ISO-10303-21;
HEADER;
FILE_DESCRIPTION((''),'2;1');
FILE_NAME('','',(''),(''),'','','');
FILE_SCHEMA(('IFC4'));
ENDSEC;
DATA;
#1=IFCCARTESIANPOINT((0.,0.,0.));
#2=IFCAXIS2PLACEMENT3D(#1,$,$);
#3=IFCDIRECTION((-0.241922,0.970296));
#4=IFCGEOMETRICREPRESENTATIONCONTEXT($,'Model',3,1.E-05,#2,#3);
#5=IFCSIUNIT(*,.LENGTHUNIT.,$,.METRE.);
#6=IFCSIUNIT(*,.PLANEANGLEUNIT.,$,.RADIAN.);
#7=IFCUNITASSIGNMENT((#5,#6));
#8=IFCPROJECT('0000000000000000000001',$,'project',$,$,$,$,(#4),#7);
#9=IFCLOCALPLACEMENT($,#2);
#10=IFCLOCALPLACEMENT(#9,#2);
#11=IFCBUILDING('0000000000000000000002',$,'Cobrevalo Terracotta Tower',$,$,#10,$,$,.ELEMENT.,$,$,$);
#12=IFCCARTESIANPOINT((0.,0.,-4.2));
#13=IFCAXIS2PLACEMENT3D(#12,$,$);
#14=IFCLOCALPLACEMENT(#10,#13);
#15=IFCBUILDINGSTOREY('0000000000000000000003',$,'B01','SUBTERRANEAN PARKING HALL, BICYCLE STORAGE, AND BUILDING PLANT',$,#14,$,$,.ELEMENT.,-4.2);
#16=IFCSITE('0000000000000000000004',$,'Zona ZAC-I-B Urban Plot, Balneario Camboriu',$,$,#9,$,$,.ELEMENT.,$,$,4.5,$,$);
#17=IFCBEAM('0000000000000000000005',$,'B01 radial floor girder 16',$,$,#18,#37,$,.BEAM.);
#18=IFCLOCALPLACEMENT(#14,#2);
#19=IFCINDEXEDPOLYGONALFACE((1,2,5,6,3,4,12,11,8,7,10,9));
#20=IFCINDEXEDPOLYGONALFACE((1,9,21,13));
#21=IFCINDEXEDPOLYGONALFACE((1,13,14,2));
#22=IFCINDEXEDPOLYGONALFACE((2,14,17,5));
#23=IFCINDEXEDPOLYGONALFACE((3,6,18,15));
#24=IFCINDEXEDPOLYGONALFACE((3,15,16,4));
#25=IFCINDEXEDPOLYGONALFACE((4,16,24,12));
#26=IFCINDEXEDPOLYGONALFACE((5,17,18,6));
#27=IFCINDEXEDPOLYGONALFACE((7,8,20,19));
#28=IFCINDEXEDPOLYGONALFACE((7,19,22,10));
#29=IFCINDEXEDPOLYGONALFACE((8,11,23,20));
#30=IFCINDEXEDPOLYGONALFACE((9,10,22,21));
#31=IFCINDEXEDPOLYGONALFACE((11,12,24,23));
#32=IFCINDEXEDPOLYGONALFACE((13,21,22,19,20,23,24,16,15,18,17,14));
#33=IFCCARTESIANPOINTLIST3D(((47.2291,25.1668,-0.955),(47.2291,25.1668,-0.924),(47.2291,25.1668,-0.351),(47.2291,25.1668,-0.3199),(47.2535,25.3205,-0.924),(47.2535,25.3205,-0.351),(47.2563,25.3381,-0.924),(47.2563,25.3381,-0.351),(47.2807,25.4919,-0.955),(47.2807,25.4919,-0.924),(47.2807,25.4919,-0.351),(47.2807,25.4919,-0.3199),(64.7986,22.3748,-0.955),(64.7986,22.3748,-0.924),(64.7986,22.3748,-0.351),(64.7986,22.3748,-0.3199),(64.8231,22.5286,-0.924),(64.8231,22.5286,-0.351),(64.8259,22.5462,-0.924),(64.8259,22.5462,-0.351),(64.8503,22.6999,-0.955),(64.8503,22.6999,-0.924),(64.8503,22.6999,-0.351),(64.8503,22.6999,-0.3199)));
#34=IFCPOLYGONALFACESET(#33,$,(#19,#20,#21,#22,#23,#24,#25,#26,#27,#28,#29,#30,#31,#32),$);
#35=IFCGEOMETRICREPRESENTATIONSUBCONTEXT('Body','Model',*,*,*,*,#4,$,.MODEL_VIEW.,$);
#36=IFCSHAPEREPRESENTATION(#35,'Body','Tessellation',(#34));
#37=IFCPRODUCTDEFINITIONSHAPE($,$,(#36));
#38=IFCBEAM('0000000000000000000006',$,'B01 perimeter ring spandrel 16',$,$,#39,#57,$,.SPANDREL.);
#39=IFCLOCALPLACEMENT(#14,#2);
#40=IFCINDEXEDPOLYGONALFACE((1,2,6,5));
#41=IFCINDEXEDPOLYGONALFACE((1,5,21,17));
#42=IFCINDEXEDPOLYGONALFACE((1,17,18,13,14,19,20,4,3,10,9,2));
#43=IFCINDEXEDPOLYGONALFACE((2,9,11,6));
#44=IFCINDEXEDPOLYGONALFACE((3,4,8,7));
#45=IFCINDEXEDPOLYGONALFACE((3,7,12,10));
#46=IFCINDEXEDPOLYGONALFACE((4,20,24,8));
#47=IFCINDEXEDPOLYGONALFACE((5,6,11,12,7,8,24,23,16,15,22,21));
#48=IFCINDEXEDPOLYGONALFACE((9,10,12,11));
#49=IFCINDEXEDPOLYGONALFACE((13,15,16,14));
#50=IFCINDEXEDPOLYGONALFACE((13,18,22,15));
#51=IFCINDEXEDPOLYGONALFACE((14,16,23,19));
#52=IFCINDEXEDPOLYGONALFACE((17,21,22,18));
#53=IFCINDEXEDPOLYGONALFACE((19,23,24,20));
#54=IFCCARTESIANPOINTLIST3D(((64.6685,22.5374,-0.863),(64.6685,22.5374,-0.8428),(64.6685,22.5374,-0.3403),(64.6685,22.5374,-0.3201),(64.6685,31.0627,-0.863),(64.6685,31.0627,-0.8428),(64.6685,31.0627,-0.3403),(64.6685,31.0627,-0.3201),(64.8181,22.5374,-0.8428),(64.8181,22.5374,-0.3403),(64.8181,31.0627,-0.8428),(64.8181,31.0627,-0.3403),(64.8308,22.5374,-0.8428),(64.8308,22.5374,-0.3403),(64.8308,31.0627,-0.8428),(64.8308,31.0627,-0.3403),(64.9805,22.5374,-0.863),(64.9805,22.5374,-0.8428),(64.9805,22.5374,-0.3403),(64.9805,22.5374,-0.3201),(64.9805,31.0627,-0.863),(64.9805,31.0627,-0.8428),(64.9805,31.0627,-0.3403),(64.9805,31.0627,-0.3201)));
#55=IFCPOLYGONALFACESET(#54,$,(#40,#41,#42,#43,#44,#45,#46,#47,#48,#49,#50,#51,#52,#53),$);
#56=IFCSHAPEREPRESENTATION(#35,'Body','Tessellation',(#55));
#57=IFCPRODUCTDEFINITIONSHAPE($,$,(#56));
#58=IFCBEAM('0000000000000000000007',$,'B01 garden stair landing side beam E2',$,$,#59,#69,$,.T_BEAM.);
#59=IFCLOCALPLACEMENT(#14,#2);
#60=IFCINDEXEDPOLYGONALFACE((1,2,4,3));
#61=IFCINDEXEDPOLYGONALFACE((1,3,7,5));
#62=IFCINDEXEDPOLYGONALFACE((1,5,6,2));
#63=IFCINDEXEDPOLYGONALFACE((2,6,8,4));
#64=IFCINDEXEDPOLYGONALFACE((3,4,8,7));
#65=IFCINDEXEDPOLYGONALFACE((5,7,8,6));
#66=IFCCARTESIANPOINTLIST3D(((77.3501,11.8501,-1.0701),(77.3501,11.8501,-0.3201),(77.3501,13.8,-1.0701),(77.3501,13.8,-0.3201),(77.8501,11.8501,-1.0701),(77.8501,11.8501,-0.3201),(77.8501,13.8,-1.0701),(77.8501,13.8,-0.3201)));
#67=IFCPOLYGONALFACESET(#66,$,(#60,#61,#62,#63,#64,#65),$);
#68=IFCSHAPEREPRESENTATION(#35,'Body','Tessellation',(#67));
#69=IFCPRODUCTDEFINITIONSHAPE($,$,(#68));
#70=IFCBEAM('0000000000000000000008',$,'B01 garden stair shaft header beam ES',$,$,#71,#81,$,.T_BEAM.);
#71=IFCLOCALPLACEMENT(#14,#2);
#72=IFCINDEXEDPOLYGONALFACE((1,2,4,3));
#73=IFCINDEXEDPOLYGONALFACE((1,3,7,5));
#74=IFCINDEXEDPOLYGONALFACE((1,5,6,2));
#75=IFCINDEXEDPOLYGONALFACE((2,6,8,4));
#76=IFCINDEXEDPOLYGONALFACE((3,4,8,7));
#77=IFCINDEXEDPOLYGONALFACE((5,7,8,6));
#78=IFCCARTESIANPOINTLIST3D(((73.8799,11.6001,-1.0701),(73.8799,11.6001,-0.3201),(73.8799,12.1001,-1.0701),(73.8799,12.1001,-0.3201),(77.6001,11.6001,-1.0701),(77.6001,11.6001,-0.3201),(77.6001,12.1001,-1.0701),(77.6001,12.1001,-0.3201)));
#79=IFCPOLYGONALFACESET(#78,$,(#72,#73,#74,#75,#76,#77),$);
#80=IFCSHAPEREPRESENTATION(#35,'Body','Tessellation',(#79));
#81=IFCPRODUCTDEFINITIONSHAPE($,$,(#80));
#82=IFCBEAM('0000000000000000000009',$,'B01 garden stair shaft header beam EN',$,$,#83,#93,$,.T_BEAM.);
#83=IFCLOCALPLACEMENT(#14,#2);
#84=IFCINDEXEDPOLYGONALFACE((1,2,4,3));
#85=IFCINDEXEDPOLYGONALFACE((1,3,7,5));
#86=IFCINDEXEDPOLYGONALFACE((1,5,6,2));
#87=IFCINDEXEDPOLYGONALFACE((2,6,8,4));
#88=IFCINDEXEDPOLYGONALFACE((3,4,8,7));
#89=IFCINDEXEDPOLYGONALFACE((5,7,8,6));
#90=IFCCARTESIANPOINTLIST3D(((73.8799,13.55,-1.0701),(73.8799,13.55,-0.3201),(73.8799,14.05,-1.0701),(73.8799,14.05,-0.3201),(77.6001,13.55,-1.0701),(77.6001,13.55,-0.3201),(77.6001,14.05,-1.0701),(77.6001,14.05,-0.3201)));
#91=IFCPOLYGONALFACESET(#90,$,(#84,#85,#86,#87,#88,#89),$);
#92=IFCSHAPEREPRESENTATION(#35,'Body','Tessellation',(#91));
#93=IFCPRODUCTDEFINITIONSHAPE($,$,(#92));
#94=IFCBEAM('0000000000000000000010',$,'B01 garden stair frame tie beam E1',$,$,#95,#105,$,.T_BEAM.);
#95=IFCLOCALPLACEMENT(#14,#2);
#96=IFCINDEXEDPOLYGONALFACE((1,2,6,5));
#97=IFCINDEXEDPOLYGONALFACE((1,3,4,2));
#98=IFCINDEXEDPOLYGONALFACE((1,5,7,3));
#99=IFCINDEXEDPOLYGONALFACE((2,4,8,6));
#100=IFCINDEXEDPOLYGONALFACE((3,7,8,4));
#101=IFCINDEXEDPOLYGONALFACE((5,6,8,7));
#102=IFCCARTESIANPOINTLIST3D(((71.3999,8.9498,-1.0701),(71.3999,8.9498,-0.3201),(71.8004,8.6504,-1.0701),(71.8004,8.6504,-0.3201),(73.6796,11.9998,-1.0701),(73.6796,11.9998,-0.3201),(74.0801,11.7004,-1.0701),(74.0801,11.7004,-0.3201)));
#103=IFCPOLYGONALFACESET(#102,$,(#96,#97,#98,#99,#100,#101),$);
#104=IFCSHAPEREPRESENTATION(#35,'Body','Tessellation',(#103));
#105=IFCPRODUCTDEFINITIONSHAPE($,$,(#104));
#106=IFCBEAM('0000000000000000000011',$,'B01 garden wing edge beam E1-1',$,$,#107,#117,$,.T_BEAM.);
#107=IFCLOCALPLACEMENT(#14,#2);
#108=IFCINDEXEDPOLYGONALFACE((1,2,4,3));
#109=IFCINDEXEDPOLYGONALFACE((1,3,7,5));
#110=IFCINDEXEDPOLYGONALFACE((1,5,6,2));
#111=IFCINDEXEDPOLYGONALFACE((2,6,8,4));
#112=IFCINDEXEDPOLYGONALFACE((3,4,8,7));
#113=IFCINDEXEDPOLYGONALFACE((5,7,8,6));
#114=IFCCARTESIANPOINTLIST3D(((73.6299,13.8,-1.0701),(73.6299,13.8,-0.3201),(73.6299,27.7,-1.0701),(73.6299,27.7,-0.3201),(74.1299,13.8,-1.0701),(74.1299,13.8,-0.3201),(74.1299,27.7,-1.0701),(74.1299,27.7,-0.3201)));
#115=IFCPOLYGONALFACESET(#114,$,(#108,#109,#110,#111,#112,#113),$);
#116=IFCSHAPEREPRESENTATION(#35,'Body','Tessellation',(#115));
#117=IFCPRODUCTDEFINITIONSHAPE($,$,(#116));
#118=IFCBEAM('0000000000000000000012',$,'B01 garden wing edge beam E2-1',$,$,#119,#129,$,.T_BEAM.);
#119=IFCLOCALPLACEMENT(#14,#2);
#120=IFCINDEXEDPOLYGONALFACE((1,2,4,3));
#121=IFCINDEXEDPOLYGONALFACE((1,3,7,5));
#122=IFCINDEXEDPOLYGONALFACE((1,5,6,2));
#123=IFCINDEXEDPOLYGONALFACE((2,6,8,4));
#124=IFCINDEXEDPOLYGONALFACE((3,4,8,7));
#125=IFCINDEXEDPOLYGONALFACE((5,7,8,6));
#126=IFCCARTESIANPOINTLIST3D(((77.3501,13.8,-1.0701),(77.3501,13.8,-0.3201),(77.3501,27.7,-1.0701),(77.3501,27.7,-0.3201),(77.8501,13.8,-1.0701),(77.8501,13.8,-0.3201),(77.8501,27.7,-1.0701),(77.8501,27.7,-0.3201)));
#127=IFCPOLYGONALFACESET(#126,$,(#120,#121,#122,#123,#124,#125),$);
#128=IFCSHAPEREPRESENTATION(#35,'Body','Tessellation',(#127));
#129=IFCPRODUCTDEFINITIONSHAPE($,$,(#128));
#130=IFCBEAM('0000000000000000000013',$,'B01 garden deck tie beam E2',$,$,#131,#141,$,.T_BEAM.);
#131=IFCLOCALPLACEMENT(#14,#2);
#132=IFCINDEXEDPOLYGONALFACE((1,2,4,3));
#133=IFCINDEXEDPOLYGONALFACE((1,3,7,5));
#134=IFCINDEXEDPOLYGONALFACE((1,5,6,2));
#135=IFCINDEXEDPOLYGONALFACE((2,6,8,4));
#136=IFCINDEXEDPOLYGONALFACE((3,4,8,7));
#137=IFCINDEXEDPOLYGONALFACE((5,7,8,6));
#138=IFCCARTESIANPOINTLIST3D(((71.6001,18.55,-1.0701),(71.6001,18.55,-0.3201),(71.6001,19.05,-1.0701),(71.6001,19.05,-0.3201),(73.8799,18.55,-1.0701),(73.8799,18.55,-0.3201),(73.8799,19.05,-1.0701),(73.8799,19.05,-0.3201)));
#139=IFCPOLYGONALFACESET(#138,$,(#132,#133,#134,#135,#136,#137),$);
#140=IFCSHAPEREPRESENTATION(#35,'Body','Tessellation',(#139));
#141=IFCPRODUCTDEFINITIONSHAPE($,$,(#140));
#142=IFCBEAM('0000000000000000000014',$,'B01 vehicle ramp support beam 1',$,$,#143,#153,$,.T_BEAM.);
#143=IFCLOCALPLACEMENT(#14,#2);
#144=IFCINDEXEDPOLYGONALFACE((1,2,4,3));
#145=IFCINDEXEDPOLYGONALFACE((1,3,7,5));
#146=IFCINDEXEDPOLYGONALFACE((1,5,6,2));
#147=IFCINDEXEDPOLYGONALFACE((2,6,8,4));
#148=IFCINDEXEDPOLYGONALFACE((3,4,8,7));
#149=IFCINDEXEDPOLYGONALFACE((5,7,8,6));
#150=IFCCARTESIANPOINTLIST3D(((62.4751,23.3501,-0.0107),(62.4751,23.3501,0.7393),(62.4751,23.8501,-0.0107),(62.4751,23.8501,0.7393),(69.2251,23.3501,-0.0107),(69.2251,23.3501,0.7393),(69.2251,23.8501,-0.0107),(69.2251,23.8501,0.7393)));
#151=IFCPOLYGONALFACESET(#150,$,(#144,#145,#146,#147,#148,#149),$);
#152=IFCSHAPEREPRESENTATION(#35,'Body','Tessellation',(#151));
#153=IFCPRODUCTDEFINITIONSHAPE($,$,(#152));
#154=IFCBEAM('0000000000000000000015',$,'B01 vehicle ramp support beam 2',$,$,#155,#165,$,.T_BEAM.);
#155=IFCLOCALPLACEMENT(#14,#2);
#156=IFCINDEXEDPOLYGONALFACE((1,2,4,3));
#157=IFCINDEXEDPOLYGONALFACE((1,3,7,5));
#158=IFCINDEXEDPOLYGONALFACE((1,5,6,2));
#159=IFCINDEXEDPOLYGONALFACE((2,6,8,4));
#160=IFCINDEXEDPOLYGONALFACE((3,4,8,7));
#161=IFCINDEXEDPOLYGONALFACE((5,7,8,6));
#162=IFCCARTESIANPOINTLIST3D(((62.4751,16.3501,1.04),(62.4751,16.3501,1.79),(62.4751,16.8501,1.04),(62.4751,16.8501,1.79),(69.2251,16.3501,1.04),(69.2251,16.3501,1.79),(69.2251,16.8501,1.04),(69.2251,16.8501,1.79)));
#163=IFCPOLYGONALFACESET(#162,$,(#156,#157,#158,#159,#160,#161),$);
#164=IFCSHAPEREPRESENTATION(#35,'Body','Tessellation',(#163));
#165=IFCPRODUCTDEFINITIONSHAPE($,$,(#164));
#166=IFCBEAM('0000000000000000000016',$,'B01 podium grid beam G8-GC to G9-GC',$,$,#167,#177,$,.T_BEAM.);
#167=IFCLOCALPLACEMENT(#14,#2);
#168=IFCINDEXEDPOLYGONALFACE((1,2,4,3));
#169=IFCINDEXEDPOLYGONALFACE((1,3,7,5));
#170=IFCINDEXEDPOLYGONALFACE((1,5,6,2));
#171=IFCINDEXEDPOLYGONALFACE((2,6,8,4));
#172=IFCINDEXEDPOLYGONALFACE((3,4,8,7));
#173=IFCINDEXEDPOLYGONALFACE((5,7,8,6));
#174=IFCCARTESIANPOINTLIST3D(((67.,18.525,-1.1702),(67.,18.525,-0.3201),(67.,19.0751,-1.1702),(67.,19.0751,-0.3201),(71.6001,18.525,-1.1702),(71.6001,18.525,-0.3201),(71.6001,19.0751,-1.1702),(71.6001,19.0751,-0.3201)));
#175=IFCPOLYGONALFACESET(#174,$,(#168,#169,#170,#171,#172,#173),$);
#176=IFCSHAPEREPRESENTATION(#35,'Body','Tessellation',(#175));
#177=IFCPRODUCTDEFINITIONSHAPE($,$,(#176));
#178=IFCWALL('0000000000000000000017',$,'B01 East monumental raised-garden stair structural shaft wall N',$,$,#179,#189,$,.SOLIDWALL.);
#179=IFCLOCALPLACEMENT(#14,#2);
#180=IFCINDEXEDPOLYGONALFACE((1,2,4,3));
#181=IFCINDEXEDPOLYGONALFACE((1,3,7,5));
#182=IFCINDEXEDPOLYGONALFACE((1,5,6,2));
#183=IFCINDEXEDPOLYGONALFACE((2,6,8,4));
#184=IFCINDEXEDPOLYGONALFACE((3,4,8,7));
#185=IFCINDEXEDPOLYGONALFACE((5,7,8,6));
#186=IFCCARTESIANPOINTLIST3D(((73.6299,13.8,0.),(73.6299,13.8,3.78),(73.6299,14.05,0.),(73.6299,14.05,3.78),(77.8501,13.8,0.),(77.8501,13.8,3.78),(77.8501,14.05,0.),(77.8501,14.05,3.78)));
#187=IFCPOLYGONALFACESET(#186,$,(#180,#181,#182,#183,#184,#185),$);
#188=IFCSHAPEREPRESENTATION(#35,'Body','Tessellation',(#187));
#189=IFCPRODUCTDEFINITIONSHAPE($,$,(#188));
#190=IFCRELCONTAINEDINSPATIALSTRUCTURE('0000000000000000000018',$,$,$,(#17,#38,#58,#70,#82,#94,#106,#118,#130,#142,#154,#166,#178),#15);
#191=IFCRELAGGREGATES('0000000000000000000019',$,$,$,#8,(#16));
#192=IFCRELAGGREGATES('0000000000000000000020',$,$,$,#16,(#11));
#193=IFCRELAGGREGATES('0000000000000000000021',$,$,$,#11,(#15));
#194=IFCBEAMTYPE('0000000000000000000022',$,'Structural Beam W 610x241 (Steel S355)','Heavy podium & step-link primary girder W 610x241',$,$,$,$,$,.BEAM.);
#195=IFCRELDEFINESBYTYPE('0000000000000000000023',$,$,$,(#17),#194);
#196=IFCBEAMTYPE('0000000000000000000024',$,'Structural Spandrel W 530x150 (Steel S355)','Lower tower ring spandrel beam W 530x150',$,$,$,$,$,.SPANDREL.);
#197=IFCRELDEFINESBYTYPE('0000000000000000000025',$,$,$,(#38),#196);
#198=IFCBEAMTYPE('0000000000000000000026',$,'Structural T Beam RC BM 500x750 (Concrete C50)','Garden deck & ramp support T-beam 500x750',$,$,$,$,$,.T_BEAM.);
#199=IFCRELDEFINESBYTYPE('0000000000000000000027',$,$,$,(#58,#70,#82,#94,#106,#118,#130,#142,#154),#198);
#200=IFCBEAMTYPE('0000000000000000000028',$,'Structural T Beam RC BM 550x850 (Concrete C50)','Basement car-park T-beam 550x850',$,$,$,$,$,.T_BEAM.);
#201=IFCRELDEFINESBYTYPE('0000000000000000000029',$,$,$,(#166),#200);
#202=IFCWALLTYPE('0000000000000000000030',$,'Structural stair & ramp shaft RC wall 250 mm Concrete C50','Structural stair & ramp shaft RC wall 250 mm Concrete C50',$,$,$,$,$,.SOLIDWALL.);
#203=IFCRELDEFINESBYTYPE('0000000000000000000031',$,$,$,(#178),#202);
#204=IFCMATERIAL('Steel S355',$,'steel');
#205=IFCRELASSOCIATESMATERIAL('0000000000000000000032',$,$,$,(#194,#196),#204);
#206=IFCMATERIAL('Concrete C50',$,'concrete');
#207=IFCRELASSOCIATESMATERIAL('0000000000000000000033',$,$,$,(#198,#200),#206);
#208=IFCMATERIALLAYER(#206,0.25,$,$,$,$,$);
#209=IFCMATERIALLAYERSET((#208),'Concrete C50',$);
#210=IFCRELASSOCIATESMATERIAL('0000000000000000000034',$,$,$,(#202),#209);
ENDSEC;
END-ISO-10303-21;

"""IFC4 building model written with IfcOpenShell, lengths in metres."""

from ifc_helpers import new_model, si_unit, direction, frame, frame_2d, origin, origin_2d, place, context, subcontext, project, spatial, rectangle, i_section, extrude, material, layer, layer_set, material_profile, profile_set, type_object, element, save


model = new_model("IFC4")

# Units and contexts
model_context = context("Model", 3, precision=1e-05, world=origin(), true_north=direction((-0.241922, 0.970296)))
body_context = subcontext(model_context, "Body", "Model", "MODEL_VIEW")
ifc_project = project(units=[si_unit("LENGTHUNIT", "METRE"), si_unit("PLANEANGLEUNIT", "RADIAN")], contexts=[model_context])

# Site, building, storey
site_placement = place(None, origin())
site = spatial("IfcSite", under=ifc_project, at=site_placement, Name="Zona ZAC-I-B Urban Plot, Balneario Camboriu", CompositionType="ELEMENT", RefElevation=4.5)
building_placement = place(site_placement, origin())
building = spatial("IfcBuilding", under=site, at=building_placement, Name="Cobrevalo Terracotta Tower", CompositionType="ELEMENT")
storey_placement = place(building_placement, frame((0.0, 0.0, -4.2)))
storey = spatial("IfcBuildingStorey", under=building, at=storey_placement, Name="B01", Description="SUBTERRANEAN PARKING HALL, BICYCLE STORAGE, AND BUILDING PLANT", CompositionType="ELEMENT", Elevation=-4.2)

# Shared definitions
ifc_material_1 = material(Name="Steel S355", Category="steel")
ifc_material_2 = material(Name="Concrete C50", Category="concrete")

# Beams
ifc_material_profile_1 = material_profile(ifc_material_1, i_section(OverallWidth=0.3291, OverallDepth=0.635, WebThickness=0.0178, FlangeThickness=0.031, at=origin_2d()), Name="W 610x241")
ifc_profile_set_1 = profile_set([ifc_material_profile_1], Name="Steel S355")
beam_type_1 = type_object("IfcBeamType", Name="Structural Beam W 610x241 (Steel S355)", Description="Heavy podium & step-link primary girder W 610x241", PredefinedType="BEAM", material=ifc_profile_set_1)
beam_1_placement = place(storey_placement, frame((64.8245, 22.5374, -0.6375), z_axis=(-0.987608, 0.156941, 0.0), x_axis=(-0.156941, -0.987608, 0.0)))
element("IfcBeam", 1, at=beam_1_placement, inside=storey, type_object=beam_type_1, Name="B01 radial floor girder 16", PredefinedType="BEAM", context=body_context, shape_type="SweptSolid", body=[
    extrude(i_section(OverallWidth=0.3291, OverallDepth=0.635, WebThickness=0.0178, FlangeThickness=0.031, at=origin_2d()), origin(), (0.0, 0.0, 1.0), 17.79),
])
ifc_material_profile_2 = material_profile(ifc_material_1, i_section(OverallWidth=0.312, OverallDepth=0.543, WebThickness=0.0127, FlangeThickness=0.0203, at=origin_2d()), Name="W 530x150")
ifc_profile_set_2 = profile_set([ifc_material_profile_2], Name="Steel S355")
beam_type_2 = type_object("IfcBeamType", Name="Structural Spandrel W 530x150 (Steel S355)", Description="Lower tower ring spandrel beam W 530x150", PredefinedType="SPANDREL", material=ifc_profile_set_2)
beam_2_placement = place(storey_placement, frame((64.8245, 22.5374, -0.5916), z_axis=(0.0, 1.0, 0.0), x_axis=(-1.0, 0.0, 0.0)))
element("IfcBeam", 2, at=beam_2_placement, inside=storey, type_object=beam_type_2, Name="B01 perimeter ring spandrel 16", PredefinedType="SPANDREL", context=body_context, shape_type="SweptSolid", body=[
    extrude(i_section(OverallWidth=0.312, OverallDepth=0.543, WebThickness=0.0127, FlangeThickness=0.0203, at=origin_2d()), origin(), (0.0, 0.0, 1.0), 8.5254),
])
ifc_material_profile_3 = material_profile(ifc_material_2, rectangle(XDim=0.5, YDim=0.75, at=origin_2d()), Name="RC BM 500x750")
ifc_profile_set_3 = profile_set([ifc_material_profile_3], Name="Concrete C50")
beam_type_3 = type_object("IfcBeamType", Name="Structural T Beam RC BM 500x750 (Concrete C50)", Description="Garden deck & ramp support T-beam 500x750", PredefinedType="T_BEAM", material=ifc_profile_set_3)
beam_3_placement = place(storey_placement, frame((77.6001, 11.8501, -0.6951), z_axis=(0.0, 1.0, 0.0), x_axis=(-1.0, 0.0, 0.0)))
element("IfcBeam", 3, at=beam_3_placement, inside=storey, type_object=beam_type_3, Name="B01 garden stair landing side beam E2", PredefinedType="T_BEAM", context=body_context, shape_type="SweptSolid", body=[
    extrude(rectangle(XDim=0.5, YDim=0.75, at=origin_2d()), origin(), (0.0, 0.0, 1.0), 1.95),
])
for number, where, z_axis, x_axis, name in (
    (4, (73.8799, 11.8501, -0.6951), (1.0, 0.0, 0.0), (0.0, 1.0, 0.0), "B01 garden stair shaft header beam ES"),
    (5, (73.8799, 13.8, -0.6951), (1.0, 0.0, 0.0), (0.0, 1.0, 0.0), "B01 garden stair shaft header beam EN"),
):
    element("IfcBeam", number, at=place(storey_placement, frame(where, z_axis=z_axis, x_axis=x_axis)), inside=storey, type_object=beam_type_3, Name=name, PredefinedType="T_BEAM", context=body_context, shape_type="SweptSolid", body=[
        extrude(rectangle(XDim=0.5, YDim=0.75, at=origin_2d()), origin(), (0.0, 0.0, 1.0), 3.7202),
    ])
beam_4_placement = place(storey_placement, frame((73.8799, 11.8501, -0.6951), z_axis=(-0.598696, -0.800976, 0.0), x_axis=(0.800976, -0.598696, 0.0)))
element("IfcBeam", 6, at=beam_4_placement, inside=storey, type_object=beam_type_3, Name="B01 garden stair frame tie beam E1", PredefinedType="T_BEAM", context=body_context, shape_type="SweptSolid", body=[
    extrude(rectangle(XDim=0.5, YDim=0.75, at=origin_2d()), origin(), (0.0, 0.0, 1.0), 3.8079),
])
for number, where, z_axis, x_axis, name in (
    (7, (73.8799, 13.8, -0.6951), (0.0, 1.0, 0.0), (-1.0, 0.0, 0.0), "B01 garden wing edge beam E1-1"),
    (8, (77.6001, 13.8, -0.6951), (0.0, 1.0, 0.0), (-1.0, 0.0, 0.0), "B01 garden wing edge beam E2-1"),
):
    element("IfcBeam", number, at=place(storey_placement, frame(where, z_axis=z_axis, x_axis=x_axis)), inside=storey, type_object=beam_type_3, Name=name, PredefinedType="T_BEAM", context=body_context, shape_type="SweptSolid", body=[
        extrude(rectangle(XDim=0.5, YDim=0.75, at=origin_2d()), origin(), (0.0, 0.0, 1.0), 13.8999),
    ])
beam_5_placement = place(storey_placement, frame((71.6001, 18.8, -0.6951), z_axis=(1.0, 0.0, 0.0), x_axis=(0.0, 1.0, 0.0)))
element("IfcBeam", 9, at=beam_5_placement, inside=storey, type_object=beam_type_3, Name="B01 garden deck tie beam E2", PredefinedType="T_BEAM", context=body_context, shape_type="SweptSolid", body=[
    extrude(rectangle(XDim=0.5, YDim=0.75, at=origin_2d()), origin(), (0.0, 0.0, 1.0), 2.2798),
])
for number, where, z_axis, x_axis, name in (
    (10, (62.4751, 23.6001, 0.3643), (1.0, 0.0, 0.0), (0.0, 1.0, 0.0), "B01 vehicle ramp support beam 1"),
    (11, (62.4751, 16.6001, 1.415), (1.0, 0.0, 0.0), (0.0, 1.0, 0.0), "B01 vehicle ramp support beam 2"),
):
    element("IfcBeam", number, at=place(storey_placement, frame(where, z_axis=z_axis, x_axis=x_axis)), inside=storey, type_object=beam_type_3, Name=name, PredefinedType="T_BEAM", context=body_context, shape_type="SweptSolid", body=[
        extrude(rectangle(XDim=0.5, YDim=0.75, at=origin_2d()), origin(), (0.0, 0.0, 1.0), 6.75),
    ])
ifc_material_profile_4 = material_profile(ifc_material_2, rectangle(XDim=0.55, YDim=0.8501, at=origin_2d()), Name="RC BM 550x850")
ifc_profile_set_4 = profile_set([ifc_material_profile_4], Name="Concrete C50")
beam_type_4 = type_object("IfcBeamType", Name="Structural T Beam RC BM 550x850 (Concrete C50)", Description="Basement car-park T-beam 550x850", PredefinedType="T_BEAM", material=ifc_profile_set_4)
beam_6_placement = place(storey_placement, frame((67.0, 18.8, -0.7451), z_axis=(1.0, 0.0, 0.0), x_axis=(0.0, 1.0, 0.0)))
element("IfcBeam", 12, at=beam_6_placement, inside=storey, type_object=beam_type_4, Name="B01 podium grid beam G8-GC to G9-GC", PredefinedType="T_BEAM", context=body_context, shape_type="SweptSolid", body=[
    extrude(rectangle(XDim=0.55, YDim=0.8501, at=origin_2d()), origin(), (0.0, 0.0, 1.0), 4.6001),
])

# Wall
ifc_layer_1 = layer(ifc_material_2, 0.25)
ifc_layer_set_1 = layer_set([ifc_layer_1], Name="Concrete C50")
wall_type = type_object("IfcWallType", Name="Structural stair & ramp shaft RC wall 250 mm Concrete C50", Description="Structural stair & ramp shaft RC wall 250 mm Concrete C50", PredefinedType="SOLIDWALL", material=ifc_layer_set_1)
wall_placement = place(storey_placement, frame((73.6299, 13.925, 0.0), z_axis=(0.0, 0.0, 1.0), x_axis=(1.0, 0.0, 0.0)))
element("IfcWall", 13, at=wall_placement, inside=storey, type_object=wall_type, Name="B01 East monumental raised-garden stair structural shaft wall N", PredefinedType="SOLIDWALL", context=body_context, shape_type="SweptSolid", body=[
    extrude(rectangle(XDim=4.2202, YDim=0.25, at=frame_2d((2.1101, 0.0))), origin(), (0.0, 0.0, 1.0), 3.78),
])

save(model, "model.ifc")
